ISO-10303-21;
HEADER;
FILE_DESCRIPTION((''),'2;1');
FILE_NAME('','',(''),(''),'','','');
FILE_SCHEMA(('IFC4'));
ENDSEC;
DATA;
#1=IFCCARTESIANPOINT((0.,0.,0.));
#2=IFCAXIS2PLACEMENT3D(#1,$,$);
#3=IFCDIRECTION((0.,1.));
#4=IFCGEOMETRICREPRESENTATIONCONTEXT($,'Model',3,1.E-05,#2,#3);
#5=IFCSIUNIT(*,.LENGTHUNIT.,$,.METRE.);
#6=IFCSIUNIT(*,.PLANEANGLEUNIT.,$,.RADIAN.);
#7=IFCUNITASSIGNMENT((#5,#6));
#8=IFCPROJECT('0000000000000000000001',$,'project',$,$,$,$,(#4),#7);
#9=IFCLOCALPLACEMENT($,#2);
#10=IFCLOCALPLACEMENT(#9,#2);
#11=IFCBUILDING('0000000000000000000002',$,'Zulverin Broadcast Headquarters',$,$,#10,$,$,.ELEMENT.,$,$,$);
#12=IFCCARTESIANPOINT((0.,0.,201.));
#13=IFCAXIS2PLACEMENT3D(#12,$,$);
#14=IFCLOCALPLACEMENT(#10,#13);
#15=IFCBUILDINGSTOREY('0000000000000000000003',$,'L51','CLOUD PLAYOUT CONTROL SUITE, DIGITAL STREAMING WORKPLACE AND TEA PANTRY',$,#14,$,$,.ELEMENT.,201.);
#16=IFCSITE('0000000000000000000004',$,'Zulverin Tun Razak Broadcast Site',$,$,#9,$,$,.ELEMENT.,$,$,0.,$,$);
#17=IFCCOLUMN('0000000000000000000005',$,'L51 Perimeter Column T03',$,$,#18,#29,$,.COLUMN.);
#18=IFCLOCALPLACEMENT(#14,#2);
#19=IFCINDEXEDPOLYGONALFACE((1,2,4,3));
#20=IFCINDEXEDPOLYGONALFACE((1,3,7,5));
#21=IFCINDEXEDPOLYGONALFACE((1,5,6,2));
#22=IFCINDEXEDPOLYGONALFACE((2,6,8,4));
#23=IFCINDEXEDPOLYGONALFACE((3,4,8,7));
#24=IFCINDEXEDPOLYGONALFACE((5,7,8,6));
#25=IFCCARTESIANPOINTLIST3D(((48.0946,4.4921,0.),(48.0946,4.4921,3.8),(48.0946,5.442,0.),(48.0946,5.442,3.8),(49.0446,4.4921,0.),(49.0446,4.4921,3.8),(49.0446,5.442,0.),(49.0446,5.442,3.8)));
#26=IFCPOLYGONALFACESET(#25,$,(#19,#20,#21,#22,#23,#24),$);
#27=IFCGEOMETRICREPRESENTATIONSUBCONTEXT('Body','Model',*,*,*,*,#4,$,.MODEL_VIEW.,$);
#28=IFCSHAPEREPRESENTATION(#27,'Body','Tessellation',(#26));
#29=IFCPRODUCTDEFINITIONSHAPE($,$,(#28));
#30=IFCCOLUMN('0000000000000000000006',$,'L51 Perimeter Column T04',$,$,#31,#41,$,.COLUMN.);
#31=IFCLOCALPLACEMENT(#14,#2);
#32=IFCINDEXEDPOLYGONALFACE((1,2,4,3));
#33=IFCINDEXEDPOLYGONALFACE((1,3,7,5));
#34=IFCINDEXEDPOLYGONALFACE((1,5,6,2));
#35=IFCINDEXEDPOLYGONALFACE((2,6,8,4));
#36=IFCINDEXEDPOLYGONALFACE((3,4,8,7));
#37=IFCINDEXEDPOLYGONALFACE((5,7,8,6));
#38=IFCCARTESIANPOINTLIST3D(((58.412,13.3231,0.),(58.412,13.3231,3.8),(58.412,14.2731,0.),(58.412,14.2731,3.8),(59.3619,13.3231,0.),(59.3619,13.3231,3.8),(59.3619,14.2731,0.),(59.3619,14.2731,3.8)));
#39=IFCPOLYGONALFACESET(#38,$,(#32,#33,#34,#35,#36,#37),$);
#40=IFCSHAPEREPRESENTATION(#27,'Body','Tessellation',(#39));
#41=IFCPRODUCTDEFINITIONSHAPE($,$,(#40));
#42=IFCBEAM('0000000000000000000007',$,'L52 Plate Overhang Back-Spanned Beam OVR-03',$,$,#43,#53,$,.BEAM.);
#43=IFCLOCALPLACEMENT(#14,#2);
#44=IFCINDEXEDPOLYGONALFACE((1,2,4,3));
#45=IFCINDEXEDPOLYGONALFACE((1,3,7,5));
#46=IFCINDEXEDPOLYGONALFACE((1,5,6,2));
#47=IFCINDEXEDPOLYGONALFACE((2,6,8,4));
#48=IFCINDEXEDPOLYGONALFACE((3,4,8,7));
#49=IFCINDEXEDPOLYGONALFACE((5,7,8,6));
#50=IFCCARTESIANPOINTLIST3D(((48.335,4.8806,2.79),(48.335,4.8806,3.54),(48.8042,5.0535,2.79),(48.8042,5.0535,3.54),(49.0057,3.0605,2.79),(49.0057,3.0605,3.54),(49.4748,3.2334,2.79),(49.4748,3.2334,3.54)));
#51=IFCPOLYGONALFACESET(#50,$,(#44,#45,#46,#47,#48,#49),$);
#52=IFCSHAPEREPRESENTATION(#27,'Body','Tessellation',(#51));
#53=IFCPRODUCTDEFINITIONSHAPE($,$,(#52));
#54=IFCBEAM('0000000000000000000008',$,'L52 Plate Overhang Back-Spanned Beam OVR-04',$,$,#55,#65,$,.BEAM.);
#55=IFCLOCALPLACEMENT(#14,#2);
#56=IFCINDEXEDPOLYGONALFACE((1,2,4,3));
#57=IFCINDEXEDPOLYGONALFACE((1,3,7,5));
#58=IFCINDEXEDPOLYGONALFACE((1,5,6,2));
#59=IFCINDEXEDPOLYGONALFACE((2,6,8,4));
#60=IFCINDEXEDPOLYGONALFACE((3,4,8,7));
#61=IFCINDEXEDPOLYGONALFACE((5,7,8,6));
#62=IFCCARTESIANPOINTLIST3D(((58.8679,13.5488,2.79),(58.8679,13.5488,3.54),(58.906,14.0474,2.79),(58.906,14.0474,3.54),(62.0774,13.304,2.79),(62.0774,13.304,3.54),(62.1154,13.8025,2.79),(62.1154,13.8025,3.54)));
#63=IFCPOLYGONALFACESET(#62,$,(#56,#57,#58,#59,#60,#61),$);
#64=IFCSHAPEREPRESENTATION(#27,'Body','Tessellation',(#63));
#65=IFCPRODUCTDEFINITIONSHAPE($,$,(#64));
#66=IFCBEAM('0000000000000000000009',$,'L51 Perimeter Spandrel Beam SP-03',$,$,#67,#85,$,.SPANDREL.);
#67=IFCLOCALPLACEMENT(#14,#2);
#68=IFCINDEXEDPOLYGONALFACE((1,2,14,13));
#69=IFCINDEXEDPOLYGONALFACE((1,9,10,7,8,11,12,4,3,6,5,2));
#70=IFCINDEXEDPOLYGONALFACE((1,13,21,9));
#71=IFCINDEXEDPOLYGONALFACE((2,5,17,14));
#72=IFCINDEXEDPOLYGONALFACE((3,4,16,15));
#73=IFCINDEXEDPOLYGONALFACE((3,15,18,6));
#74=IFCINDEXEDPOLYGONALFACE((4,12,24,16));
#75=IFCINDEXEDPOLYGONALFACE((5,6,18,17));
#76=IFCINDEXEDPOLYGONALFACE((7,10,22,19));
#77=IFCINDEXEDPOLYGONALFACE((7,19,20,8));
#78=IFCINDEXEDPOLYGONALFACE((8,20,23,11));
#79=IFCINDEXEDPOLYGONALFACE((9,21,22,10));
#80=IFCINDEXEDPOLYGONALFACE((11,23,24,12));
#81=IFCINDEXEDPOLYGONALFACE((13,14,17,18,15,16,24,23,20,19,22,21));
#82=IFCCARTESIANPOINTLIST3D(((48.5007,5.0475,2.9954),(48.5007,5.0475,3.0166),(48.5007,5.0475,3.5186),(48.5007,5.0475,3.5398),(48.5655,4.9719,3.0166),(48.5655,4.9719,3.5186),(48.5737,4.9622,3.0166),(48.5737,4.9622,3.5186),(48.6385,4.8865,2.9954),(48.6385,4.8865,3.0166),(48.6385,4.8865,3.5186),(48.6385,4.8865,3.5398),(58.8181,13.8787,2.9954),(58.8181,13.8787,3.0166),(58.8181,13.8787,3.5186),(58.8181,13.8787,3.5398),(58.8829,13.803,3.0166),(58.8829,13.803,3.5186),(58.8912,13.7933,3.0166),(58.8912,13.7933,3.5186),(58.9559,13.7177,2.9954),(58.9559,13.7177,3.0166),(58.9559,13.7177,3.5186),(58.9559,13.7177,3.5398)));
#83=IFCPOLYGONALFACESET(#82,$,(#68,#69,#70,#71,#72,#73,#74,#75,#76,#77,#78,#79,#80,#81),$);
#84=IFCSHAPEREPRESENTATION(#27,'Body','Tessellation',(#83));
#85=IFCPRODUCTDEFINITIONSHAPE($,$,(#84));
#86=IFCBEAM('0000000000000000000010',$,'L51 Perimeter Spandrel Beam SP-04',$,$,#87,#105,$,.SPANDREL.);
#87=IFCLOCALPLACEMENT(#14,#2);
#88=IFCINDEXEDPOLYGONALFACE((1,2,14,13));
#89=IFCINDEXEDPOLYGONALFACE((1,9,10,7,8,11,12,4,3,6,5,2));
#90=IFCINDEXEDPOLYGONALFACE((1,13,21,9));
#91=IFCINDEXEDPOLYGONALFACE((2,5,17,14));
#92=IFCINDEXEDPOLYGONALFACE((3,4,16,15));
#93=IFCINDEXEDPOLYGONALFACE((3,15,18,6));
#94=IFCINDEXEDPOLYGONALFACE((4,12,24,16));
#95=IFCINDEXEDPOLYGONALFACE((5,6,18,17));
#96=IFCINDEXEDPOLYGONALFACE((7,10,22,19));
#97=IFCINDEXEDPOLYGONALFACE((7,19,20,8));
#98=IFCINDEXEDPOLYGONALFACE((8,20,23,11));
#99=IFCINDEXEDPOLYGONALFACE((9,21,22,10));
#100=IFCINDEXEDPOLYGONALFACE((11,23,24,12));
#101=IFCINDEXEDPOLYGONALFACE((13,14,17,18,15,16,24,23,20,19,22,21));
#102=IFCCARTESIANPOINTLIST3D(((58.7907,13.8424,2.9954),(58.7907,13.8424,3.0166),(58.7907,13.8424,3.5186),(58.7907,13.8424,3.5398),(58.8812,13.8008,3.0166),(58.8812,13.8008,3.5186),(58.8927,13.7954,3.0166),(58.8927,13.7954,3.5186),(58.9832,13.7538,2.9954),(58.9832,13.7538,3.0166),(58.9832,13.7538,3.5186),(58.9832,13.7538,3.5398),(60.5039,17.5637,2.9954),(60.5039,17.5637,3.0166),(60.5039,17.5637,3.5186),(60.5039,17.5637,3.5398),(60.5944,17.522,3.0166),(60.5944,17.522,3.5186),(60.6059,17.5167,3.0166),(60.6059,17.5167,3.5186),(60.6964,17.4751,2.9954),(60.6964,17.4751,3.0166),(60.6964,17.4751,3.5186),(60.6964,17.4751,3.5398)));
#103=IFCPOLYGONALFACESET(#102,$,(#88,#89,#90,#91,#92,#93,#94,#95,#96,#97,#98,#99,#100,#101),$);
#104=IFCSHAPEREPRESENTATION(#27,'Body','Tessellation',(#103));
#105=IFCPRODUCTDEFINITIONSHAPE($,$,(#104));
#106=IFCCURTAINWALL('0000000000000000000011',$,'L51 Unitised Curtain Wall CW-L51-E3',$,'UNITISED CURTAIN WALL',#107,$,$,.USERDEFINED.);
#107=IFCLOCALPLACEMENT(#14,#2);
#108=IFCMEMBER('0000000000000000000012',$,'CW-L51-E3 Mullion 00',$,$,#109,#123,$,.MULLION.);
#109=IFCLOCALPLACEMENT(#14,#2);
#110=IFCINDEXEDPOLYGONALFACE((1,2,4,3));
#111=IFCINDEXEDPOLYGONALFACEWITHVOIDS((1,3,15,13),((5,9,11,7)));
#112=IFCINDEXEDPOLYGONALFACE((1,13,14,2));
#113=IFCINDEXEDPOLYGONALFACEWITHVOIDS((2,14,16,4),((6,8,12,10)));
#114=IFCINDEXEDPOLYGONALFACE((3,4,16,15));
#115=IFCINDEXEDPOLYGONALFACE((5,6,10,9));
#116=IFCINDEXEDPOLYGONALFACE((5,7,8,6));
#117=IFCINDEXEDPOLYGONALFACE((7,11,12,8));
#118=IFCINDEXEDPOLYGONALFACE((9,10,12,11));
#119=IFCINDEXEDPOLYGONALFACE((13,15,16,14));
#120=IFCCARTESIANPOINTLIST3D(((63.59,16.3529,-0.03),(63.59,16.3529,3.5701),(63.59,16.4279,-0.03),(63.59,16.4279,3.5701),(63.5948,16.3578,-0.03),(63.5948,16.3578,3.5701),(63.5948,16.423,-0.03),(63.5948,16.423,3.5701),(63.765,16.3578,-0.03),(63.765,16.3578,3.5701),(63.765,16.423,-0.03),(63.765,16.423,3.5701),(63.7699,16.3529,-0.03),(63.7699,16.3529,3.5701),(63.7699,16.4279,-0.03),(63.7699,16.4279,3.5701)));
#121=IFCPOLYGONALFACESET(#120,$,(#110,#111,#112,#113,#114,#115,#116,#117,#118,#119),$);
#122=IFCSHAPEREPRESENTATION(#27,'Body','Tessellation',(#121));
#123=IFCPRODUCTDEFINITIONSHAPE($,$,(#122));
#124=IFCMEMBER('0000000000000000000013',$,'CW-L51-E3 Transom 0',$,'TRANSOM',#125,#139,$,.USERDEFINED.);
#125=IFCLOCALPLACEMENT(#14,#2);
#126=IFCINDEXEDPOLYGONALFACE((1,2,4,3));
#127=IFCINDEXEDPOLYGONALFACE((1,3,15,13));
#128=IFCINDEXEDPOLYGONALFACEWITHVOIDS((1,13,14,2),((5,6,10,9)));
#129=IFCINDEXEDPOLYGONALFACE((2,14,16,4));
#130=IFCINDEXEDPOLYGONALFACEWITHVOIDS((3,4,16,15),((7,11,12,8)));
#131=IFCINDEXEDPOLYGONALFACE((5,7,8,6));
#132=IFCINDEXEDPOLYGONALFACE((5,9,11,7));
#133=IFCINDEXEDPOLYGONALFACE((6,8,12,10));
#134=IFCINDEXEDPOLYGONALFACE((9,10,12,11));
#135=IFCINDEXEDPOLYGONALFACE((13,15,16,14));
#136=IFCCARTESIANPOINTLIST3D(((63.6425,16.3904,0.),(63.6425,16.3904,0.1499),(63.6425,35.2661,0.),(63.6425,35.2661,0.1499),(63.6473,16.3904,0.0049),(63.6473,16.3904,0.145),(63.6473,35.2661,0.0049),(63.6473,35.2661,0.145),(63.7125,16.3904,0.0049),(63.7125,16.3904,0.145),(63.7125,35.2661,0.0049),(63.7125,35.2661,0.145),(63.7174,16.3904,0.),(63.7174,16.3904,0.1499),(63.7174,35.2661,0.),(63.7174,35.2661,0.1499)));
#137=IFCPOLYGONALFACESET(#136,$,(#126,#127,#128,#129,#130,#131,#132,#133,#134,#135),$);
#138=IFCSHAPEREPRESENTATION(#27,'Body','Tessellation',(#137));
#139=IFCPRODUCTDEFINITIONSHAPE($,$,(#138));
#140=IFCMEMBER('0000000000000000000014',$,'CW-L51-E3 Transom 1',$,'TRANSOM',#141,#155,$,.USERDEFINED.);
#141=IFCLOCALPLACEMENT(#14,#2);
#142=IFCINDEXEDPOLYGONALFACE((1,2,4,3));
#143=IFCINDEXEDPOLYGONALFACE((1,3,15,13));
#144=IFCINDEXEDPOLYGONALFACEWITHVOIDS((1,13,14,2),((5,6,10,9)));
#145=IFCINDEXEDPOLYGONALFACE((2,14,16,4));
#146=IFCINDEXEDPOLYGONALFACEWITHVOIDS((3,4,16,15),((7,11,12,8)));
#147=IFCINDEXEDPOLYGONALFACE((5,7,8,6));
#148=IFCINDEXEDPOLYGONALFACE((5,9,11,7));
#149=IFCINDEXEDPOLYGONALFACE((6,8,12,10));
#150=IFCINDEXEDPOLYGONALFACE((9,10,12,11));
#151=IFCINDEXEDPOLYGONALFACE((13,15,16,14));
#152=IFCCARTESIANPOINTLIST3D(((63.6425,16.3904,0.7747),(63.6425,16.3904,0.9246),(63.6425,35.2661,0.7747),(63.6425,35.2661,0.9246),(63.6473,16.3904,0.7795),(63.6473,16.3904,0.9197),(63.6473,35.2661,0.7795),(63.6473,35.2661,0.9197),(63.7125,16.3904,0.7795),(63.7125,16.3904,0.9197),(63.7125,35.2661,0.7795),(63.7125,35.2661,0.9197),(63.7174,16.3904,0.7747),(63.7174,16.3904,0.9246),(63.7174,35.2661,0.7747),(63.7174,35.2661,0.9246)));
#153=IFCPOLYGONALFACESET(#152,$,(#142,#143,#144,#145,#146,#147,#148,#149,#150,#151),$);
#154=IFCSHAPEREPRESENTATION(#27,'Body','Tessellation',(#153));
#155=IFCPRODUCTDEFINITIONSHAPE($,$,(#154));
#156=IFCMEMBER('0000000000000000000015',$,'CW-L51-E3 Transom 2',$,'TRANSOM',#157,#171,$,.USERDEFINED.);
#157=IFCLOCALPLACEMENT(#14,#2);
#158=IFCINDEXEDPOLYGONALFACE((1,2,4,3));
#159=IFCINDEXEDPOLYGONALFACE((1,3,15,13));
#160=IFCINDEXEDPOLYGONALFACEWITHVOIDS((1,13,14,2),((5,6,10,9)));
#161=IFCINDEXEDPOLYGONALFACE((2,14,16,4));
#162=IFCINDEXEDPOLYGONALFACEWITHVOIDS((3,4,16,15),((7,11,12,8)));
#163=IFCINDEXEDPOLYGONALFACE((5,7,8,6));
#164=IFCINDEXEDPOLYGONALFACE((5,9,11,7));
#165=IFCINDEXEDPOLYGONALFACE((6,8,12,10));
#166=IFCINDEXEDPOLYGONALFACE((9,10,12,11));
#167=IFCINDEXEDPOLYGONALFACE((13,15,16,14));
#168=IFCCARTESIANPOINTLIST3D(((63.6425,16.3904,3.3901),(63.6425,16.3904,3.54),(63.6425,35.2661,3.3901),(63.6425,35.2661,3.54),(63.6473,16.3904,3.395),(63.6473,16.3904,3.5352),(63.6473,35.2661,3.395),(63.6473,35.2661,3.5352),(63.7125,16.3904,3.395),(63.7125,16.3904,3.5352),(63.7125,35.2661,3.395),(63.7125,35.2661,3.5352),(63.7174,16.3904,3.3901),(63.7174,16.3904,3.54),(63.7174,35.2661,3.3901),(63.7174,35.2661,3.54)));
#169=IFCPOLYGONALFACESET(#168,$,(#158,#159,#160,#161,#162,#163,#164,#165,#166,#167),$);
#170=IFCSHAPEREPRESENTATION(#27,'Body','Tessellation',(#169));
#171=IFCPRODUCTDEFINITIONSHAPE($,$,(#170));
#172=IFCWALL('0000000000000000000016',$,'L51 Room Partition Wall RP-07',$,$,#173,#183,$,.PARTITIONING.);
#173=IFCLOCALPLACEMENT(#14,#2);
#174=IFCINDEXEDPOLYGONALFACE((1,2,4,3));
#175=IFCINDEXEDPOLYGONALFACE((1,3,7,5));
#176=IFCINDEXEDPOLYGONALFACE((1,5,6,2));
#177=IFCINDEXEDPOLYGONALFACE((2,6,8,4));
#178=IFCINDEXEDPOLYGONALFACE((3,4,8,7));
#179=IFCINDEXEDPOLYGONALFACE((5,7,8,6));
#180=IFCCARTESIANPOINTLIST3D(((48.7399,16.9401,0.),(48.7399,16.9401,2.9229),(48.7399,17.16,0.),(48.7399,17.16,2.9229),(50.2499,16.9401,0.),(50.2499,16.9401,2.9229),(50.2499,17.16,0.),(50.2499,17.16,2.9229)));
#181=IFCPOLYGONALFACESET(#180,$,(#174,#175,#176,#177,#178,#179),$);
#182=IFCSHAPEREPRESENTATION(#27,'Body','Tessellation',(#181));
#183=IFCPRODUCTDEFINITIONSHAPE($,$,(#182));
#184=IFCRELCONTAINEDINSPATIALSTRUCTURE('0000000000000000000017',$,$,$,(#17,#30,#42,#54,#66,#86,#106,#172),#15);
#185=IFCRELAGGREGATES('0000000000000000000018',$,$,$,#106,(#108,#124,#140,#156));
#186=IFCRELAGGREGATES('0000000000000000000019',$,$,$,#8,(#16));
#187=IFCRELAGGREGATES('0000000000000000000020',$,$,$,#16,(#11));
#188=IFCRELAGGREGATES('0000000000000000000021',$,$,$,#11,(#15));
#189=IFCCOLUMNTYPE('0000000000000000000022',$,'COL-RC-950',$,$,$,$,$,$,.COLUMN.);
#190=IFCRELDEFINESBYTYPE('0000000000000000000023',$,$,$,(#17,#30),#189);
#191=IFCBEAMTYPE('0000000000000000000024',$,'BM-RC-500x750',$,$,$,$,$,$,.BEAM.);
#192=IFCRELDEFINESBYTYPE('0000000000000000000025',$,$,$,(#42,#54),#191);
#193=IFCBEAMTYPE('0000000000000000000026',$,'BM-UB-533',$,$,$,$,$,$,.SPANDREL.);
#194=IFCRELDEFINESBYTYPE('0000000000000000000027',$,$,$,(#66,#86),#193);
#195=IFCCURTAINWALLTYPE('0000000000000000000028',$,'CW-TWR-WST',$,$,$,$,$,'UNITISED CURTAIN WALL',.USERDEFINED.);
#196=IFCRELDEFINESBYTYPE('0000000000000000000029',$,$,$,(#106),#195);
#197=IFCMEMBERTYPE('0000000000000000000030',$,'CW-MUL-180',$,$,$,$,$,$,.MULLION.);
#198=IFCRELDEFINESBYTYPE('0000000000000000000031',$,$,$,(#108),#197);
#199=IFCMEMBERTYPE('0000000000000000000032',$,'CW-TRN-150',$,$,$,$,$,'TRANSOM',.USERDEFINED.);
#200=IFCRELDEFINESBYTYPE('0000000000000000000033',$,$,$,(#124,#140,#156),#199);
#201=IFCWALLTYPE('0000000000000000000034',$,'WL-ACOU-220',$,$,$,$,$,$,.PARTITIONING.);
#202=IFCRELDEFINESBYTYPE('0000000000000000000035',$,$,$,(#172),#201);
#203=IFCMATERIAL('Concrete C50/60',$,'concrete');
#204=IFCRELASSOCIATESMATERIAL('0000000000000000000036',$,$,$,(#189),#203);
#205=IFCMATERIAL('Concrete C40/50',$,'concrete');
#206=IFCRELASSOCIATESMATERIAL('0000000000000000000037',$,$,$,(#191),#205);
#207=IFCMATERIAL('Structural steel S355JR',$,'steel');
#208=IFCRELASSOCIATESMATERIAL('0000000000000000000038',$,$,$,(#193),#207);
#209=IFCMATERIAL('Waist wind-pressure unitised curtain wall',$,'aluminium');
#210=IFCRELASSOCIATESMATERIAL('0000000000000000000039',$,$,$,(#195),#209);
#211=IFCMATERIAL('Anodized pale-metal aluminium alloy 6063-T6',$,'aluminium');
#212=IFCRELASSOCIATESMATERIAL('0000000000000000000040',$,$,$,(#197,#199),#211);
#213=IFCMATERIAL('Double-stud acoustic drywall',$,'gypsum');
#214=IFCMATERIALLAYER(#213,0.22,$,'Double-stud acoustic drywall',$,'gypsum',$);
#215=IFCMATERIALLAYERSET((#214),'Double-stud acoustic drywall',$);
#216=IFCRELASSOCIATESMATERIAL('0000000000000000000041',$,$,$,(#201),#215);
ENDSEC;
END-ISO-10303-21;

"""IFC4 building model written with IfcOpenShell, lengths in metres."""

from ifc_helpers import new_model, si_unit, direction, frame, frame_2d, origin, origin_2d, place, context, subcontext, project, spatial, rectangle, hollow_rectangle, i_section, extrude, material, layer, layer_set, material_profile, profile_set, type_object, element, aggregate, save


model = new_model("IFC4")

# Units and contexts
model_context = context("Model", 3, precision=1e-05, world=origin(), true_north=direction((0.0, 1.0)))
body_context = subcontext(model_context, "Body", "Model", "MODEL_VIEW")
ifc_project = project(units=[si_unit("LENGTHUNIT", "METRE"), si_unit("PLANEANGLEUNIT", "RADIAN")], contexts=[model_context])

# Site, building, storey
site_placement = place(None, origin())
site = spatial("IfcSite", under=ifc_project, at=site_placement, Name="Zulverin Tun Razak Broadcast Site", CompositionType="ELEMENT", RefElevation=0.0)
building_placement = place(site_placement, origin())
building = spatial("IfcBuilding", under=site, at=building_placement, Name="Zulverin Broadcast Headquarters", CompositionType="ELEMENT")
storey_placement = place(building_placement, frame((0.0, 0.0, 201.0)))
storey = spatial("IfcBuildingStorey", under=building, at=storey_placement, Name="L51", Description="CLOUD PLAYOUT CONTROL SUITE, DIGITAL STREAMING WORKPLACE AND TEA PANTRY", CompositionType="ELEMENT", Elevation=201.0)

# Columns
ifc_material_1 = material(Name="Concrete C50/60", Category="concrete")
ifc_material_profile_1 = material_profile(ifc_material_1, rectangle(XDim=0.95, YDim=0.95, at=origin_2d()), Name="Concrete C50/60", Category="concrete")
ifc_profile_set_1 = profile_set([ifc_material_profile_1], Name="Concrete C50/60")
column_type = type_object("IfcColumnType", Name="COL-RC-950", PredefinedType="COLUMN", material=ifc_profile_set_1)
for number, where, z_axis, x_axis, name in (
    (1, (48.5696, 4.967, 0.0), (0.0, 0.0, 1.0), (1.0, 0.0, 0.0), "L51 Perimeter Column T03"),
    (2, (58.887, 13.7981, 0.0), (0.0, 0.0, 1.0), (1.0, 0.0, 0.0), "L51 Perimeter Column T04"),
):
    element("IfcColumn", number, at=place(storey_placement, frame(where, z_axis=z_axis, x_axis=x_axis)), inside=storey, type_object=column_type, Name=name, PredefinedType="COLUMN", context=body_context, shape_type="SweptSolid", body=[
        extrude(rectangle(XDim=0.95, YDim=0.95, at=origin_2d()), origin(), (0.0, 0.0, 1.0), 3.8),
    ])

# Beams
ifc_material_2 = material(Name="Concrete C40/50", Category="concrete")
ifc_material_profile_2 = material_profile(ifc_material_2, rectangle(XDim=0.5, YDim=0.75, at=origin_2d()), Name="Concrete C40/50", Category="concrete")
ifc_profile_set_2 = profile_set([ifc_material_profile_2], Name="Concrete C40/50")
beam_type_1 = type_object("IfcBeamType", Name="BM-RC-500x750", PredefinedType="BEAM", material=ifc_profile_set_2)
beam_1_placement = place(storey_placement, frame((48.5696, 4.967, 3.165), z_axis=(0.345752, -0.938326, 0.0), x_axis=(0.938326, 0.345752, 0.0)))
element("IfcBeam", 3, at=beam_1_placement, inside=storey, type_object=beam_type_1, Name="L52 Plate Overhang Back-Spanned Beam OVR-03", PredefinedType="BEAM", context=body_context, shape_type="SweptSolid", body=[
    extrude(rectangle(XDim=0.5, YDim=0.75, at=origin_2d()), origin(), (0.0, 0.0, 1.0), 1.9397),
])
beam_2_placement = place(storey_placement, frame((58.887, 13.7981, 3.165), z_axis=(0.997102, -0.076076, 0.0), x_axis=(0.076076, 0.997102, 0.0)))
element("IfcBeam", 4, at=beam_2_placement, inside=storey, type_object=beam_type_1, Name="L52 Plate Overhang Back-Spanned Beam OVR-04", PredefinedType="BEAM", context=body_context, shape_type="SweptSolid", body=[
    extrude(rectangle(XDim=0.5, YDim=0.75, at=origin_2d()), origin(), (0.0, 0.0, 1.0), 3.2188),
])
ifc_material_3 = material(Name="Structural steel S355JR", Category="steel")
ifc_material_profile_3 = material_profile(ifc_material_3, i_section(OverallWidth=0.2119, OverallDepth=0.5444, WebThickness=0.0127, FlangeThickness=0.0212, at=origin_2d()), Name="Structural steel S355JR", Category="steel")
ifc_profile_set_3 = profile_set([ifc_material_profile_3], Name="Structural steel S355JR")
beam_type_2 = type_object("IfcBeamType", Name="BM-UB-533", PredefinedType="SPANDREL", material=ifc_profile_set_3)
beam_3_placement = place(storey_placement, frame((48.5696, 4.967, 3.2676), z_axis=(0.759708, 0.650264, 0.0), x_axis=(-0.650264, 0.759708, 0.0)))
element("IfcBeam", 5, at=beam_3_placement, inside=storey, type_object=beam_type_2, Name="L51 Perimeter Spandrel Beam SP-03", PredefinedType="SPANDREL", context=body_context, shape_type="SweptSolid", body=[
    extrude(i_section(OverallWidth=0.2119, OverallDepth=0.5444, WebThickness=0.0127, FlangeThickness=0.0212, at=origin_2d()), origin(), (0.0, 0.0, 1.0), 13.5808),
])
beam_4_placement = place(storey_placement, frame((58.887, 13.7981, 3.2676), z_axis=(0.418185, 0.908362, 0.0), x_axis=(-0.908362, 0.418185, 0.0)))
element("IfcBeam", 6, at=beam_4_placement, inside=storey, type_object=beam_type_2, Name="L51 Perimeter Spandrel Beam SP-04", PredefinedType="SPANDREL", context=body_context, shape_type="SweptSolid", body=[
    extrude(i_section(OverallWidth=0.2119, OverallDepth=0.5444, WebThickness=0.0127, FlangeThickness=0.0212, at=origin_2d()), origin(), (0.0, 0.0, 1.0), 4.0967),
])

# Curtain wall, members
ifc_material_4 = material(Name="Waist wind-pressure unitised curtain wall", Category="aluminium")
curtain_wall_type = type_object("IfcCurtainWallType", Name="CW-TWR-WST", ElementType="UNITISED CURTAIN WALL", PredefinedType="USERDEFINED", material=ifc_material_4)
curtain_wall_placement = place(storey_placement, origin())
curtain_wall = element("IfcCurtainWall", 7, at=curtain_wall_placement, inside=storey, type_object=curtain_wall_type, Name="L51 Unitised Curtain Wall CW-L51-E3", ObjectType="UNITISED CURTAIN WALL", PredefinedType="USERDEFINED")
ifc_material_5 = material(Name="Anodized pale-metal aluminium alloy 6063-T6", Category="aluminium")
ifc_material_profile_4 = material_profile(ifc_material_5, hollow_rectangle(XDim=0.075, YDim=0.1799, WallThickness=0.0049, at=origin_2d()), Name="Anodized pale-metal aluminium alloy 6063-T6", Category="aluminium")
ifc_profile_set_4 = profile_set([ifc_material_profile_4], Name="Anodized pale-metal aluminium alloy 6063-T6")
member_type_1 = type_object("IfcMemberType", Name="CW-MUL-180", PredefinedType="MULLION", material=ifc_profile_set_4)
member_1_placement = place(storey_placement, frame((63.6799, 16.3904, -0.03), z_axis=(0.0, 0.0, 1.0), x_axis=(0.0, 1.0, 0.0)))
member_1 = element("IfcMember", 8, at=member_1_placement, type_object=member_type_1, Name="CW-L51-E3 Mullion 00", PredefinedType="MULLION", context=body_context, shape_type="SweptSolid", body=[
    extrude(hollow_rectangle(XDim=0.075, YDim=0.1799, WallThickness=0.0049, at=origin_2d()), origin(), (0.0, 0.0, 1.0), 3.6001),
])
ifc_material_profile_5 = material_profile(ifc_material_5, hollow_rectangle(XDim=0.075, YDim=0.1499, WallThickness=0.0049, at=origin_2d()), Name="Anodized pale-metal aluminium alloy 6063-T6", Category="aluminium")
ifc_profile_set_5 = profile_set([ifc_material_profile_5], Name="Anodized pale-metal aluminium alloy 6063-T6")
member_type_2 = type_object("IfcMemberType", Name="CW-TRN-150", ElementType="TRANSOM", PredefinedType="USERDEFINED", material=ifc_profile_set_5)
member_2_placement = place(storey_placement, frame((63.6799, 16.3904, 0.075), z_axis=(0.0, 1.0, 0.0), x_axis=(-1.0, 0.0, 0.0)))
member_2 = element("IfcMember", 9, at=member_2_placement, type_object=member_type_2, Name="CW-L51-E3 Transom 0", ObjectType="TRANSOM", PredefinedType="USERDEFINED", context=body_context, shape_type="SweptSolid", body=[
    extrude(hollow_rectangle(XDim=0.075, YDim=0.1499, WallThickness=0.0049, at=origin_2d()), origin(), (0.0, 0.0, 1.0), 18.8757),
])
member_3_placement = place(storey_placement, frame((63.6799, 16.3904, 0.8496), z_axis=(0.0, 1.0, 0.0), x_axis=(-1.0, 0.0, 0.0)))
member_3 = element("IfcMember", 10, at=member_3_placement, type_object=member_type_2, Name="CW-L51-E3 Transom 1", ObjectType="TRANSOM", PredefinedType="USERDEFINED", context=body_context, shape_type="SweptSolid", body=[
    extrude(hollow_rectangle(XDim=0.075, YDim=0.1499, WallThickness=0.0049, at=origin_2d()), origin(), (0.0, 0.0, 1.0), 18.8757),
])
member_4_placement = place(storey_placement, frame((63.6799, 16.3904, 3.4651), z_axis=(0.0, 1.0, 0.0), x_axis=(-1.0, 0.0, 0.0)))
member_4 = element("IfcMember", 11, at=member_4_placement, type_object=member_type_2, Name="CW-L51-E3 Transom 2", ObjectType="TRANSOM", PredefinedType="USERDEFINED", context=body_context, shape_type="SweptSolid", body=[
    extrude(hollow_rectangle(XDim=0.075, YDim=0.1499, WallThickness=0.0049, at=origin_2d()), origin(), (0.0, 0.0, 1.0), 18.8757),
])
aggregate(curtain_wall, [member_1, member_2, member_3, member_4])

# Wall
ifc_material_6 = material(Name="Double-stud acoustic drywall", Category="gypsum")
ifc_layer_1 = layer(ifc_material_6, 0.22, Name="Double-stud acoustic drywall", Category="gypsum")
ifc_layer_set_1 = layer_set([ifc_layer_1], Name="Double-stud acoustic drywall")
wall_type_1 = type_object("IfcWallType", Name="WL-ACOU-220", PredefinedType="PARTITIONING", material=ifc_layer_set_1)
wall_1_placement = place(storey_placement, frame((48.74, 17.05, 0.0), z_axis=(0.0, 0.0, 1.0), x_axis=(1.0, 0.0, 0.0)))
element("IfcWall", 12, at=wall_1_placement, inside=storey, type_object=wall_type_1, Name="L51 Room Partition Wall RP-07", PredefinedType="PARTITIONING", context=body_context, shape_type="SweptSolid", body=[
    extrude(rectangle(XDim=1.51, YDim=0.22, at=frame_2d((0.7549, 0.0))), origin(), (0.0, 0.0, 1.0), 2.9229),
])

save(model, "model.ifc")
